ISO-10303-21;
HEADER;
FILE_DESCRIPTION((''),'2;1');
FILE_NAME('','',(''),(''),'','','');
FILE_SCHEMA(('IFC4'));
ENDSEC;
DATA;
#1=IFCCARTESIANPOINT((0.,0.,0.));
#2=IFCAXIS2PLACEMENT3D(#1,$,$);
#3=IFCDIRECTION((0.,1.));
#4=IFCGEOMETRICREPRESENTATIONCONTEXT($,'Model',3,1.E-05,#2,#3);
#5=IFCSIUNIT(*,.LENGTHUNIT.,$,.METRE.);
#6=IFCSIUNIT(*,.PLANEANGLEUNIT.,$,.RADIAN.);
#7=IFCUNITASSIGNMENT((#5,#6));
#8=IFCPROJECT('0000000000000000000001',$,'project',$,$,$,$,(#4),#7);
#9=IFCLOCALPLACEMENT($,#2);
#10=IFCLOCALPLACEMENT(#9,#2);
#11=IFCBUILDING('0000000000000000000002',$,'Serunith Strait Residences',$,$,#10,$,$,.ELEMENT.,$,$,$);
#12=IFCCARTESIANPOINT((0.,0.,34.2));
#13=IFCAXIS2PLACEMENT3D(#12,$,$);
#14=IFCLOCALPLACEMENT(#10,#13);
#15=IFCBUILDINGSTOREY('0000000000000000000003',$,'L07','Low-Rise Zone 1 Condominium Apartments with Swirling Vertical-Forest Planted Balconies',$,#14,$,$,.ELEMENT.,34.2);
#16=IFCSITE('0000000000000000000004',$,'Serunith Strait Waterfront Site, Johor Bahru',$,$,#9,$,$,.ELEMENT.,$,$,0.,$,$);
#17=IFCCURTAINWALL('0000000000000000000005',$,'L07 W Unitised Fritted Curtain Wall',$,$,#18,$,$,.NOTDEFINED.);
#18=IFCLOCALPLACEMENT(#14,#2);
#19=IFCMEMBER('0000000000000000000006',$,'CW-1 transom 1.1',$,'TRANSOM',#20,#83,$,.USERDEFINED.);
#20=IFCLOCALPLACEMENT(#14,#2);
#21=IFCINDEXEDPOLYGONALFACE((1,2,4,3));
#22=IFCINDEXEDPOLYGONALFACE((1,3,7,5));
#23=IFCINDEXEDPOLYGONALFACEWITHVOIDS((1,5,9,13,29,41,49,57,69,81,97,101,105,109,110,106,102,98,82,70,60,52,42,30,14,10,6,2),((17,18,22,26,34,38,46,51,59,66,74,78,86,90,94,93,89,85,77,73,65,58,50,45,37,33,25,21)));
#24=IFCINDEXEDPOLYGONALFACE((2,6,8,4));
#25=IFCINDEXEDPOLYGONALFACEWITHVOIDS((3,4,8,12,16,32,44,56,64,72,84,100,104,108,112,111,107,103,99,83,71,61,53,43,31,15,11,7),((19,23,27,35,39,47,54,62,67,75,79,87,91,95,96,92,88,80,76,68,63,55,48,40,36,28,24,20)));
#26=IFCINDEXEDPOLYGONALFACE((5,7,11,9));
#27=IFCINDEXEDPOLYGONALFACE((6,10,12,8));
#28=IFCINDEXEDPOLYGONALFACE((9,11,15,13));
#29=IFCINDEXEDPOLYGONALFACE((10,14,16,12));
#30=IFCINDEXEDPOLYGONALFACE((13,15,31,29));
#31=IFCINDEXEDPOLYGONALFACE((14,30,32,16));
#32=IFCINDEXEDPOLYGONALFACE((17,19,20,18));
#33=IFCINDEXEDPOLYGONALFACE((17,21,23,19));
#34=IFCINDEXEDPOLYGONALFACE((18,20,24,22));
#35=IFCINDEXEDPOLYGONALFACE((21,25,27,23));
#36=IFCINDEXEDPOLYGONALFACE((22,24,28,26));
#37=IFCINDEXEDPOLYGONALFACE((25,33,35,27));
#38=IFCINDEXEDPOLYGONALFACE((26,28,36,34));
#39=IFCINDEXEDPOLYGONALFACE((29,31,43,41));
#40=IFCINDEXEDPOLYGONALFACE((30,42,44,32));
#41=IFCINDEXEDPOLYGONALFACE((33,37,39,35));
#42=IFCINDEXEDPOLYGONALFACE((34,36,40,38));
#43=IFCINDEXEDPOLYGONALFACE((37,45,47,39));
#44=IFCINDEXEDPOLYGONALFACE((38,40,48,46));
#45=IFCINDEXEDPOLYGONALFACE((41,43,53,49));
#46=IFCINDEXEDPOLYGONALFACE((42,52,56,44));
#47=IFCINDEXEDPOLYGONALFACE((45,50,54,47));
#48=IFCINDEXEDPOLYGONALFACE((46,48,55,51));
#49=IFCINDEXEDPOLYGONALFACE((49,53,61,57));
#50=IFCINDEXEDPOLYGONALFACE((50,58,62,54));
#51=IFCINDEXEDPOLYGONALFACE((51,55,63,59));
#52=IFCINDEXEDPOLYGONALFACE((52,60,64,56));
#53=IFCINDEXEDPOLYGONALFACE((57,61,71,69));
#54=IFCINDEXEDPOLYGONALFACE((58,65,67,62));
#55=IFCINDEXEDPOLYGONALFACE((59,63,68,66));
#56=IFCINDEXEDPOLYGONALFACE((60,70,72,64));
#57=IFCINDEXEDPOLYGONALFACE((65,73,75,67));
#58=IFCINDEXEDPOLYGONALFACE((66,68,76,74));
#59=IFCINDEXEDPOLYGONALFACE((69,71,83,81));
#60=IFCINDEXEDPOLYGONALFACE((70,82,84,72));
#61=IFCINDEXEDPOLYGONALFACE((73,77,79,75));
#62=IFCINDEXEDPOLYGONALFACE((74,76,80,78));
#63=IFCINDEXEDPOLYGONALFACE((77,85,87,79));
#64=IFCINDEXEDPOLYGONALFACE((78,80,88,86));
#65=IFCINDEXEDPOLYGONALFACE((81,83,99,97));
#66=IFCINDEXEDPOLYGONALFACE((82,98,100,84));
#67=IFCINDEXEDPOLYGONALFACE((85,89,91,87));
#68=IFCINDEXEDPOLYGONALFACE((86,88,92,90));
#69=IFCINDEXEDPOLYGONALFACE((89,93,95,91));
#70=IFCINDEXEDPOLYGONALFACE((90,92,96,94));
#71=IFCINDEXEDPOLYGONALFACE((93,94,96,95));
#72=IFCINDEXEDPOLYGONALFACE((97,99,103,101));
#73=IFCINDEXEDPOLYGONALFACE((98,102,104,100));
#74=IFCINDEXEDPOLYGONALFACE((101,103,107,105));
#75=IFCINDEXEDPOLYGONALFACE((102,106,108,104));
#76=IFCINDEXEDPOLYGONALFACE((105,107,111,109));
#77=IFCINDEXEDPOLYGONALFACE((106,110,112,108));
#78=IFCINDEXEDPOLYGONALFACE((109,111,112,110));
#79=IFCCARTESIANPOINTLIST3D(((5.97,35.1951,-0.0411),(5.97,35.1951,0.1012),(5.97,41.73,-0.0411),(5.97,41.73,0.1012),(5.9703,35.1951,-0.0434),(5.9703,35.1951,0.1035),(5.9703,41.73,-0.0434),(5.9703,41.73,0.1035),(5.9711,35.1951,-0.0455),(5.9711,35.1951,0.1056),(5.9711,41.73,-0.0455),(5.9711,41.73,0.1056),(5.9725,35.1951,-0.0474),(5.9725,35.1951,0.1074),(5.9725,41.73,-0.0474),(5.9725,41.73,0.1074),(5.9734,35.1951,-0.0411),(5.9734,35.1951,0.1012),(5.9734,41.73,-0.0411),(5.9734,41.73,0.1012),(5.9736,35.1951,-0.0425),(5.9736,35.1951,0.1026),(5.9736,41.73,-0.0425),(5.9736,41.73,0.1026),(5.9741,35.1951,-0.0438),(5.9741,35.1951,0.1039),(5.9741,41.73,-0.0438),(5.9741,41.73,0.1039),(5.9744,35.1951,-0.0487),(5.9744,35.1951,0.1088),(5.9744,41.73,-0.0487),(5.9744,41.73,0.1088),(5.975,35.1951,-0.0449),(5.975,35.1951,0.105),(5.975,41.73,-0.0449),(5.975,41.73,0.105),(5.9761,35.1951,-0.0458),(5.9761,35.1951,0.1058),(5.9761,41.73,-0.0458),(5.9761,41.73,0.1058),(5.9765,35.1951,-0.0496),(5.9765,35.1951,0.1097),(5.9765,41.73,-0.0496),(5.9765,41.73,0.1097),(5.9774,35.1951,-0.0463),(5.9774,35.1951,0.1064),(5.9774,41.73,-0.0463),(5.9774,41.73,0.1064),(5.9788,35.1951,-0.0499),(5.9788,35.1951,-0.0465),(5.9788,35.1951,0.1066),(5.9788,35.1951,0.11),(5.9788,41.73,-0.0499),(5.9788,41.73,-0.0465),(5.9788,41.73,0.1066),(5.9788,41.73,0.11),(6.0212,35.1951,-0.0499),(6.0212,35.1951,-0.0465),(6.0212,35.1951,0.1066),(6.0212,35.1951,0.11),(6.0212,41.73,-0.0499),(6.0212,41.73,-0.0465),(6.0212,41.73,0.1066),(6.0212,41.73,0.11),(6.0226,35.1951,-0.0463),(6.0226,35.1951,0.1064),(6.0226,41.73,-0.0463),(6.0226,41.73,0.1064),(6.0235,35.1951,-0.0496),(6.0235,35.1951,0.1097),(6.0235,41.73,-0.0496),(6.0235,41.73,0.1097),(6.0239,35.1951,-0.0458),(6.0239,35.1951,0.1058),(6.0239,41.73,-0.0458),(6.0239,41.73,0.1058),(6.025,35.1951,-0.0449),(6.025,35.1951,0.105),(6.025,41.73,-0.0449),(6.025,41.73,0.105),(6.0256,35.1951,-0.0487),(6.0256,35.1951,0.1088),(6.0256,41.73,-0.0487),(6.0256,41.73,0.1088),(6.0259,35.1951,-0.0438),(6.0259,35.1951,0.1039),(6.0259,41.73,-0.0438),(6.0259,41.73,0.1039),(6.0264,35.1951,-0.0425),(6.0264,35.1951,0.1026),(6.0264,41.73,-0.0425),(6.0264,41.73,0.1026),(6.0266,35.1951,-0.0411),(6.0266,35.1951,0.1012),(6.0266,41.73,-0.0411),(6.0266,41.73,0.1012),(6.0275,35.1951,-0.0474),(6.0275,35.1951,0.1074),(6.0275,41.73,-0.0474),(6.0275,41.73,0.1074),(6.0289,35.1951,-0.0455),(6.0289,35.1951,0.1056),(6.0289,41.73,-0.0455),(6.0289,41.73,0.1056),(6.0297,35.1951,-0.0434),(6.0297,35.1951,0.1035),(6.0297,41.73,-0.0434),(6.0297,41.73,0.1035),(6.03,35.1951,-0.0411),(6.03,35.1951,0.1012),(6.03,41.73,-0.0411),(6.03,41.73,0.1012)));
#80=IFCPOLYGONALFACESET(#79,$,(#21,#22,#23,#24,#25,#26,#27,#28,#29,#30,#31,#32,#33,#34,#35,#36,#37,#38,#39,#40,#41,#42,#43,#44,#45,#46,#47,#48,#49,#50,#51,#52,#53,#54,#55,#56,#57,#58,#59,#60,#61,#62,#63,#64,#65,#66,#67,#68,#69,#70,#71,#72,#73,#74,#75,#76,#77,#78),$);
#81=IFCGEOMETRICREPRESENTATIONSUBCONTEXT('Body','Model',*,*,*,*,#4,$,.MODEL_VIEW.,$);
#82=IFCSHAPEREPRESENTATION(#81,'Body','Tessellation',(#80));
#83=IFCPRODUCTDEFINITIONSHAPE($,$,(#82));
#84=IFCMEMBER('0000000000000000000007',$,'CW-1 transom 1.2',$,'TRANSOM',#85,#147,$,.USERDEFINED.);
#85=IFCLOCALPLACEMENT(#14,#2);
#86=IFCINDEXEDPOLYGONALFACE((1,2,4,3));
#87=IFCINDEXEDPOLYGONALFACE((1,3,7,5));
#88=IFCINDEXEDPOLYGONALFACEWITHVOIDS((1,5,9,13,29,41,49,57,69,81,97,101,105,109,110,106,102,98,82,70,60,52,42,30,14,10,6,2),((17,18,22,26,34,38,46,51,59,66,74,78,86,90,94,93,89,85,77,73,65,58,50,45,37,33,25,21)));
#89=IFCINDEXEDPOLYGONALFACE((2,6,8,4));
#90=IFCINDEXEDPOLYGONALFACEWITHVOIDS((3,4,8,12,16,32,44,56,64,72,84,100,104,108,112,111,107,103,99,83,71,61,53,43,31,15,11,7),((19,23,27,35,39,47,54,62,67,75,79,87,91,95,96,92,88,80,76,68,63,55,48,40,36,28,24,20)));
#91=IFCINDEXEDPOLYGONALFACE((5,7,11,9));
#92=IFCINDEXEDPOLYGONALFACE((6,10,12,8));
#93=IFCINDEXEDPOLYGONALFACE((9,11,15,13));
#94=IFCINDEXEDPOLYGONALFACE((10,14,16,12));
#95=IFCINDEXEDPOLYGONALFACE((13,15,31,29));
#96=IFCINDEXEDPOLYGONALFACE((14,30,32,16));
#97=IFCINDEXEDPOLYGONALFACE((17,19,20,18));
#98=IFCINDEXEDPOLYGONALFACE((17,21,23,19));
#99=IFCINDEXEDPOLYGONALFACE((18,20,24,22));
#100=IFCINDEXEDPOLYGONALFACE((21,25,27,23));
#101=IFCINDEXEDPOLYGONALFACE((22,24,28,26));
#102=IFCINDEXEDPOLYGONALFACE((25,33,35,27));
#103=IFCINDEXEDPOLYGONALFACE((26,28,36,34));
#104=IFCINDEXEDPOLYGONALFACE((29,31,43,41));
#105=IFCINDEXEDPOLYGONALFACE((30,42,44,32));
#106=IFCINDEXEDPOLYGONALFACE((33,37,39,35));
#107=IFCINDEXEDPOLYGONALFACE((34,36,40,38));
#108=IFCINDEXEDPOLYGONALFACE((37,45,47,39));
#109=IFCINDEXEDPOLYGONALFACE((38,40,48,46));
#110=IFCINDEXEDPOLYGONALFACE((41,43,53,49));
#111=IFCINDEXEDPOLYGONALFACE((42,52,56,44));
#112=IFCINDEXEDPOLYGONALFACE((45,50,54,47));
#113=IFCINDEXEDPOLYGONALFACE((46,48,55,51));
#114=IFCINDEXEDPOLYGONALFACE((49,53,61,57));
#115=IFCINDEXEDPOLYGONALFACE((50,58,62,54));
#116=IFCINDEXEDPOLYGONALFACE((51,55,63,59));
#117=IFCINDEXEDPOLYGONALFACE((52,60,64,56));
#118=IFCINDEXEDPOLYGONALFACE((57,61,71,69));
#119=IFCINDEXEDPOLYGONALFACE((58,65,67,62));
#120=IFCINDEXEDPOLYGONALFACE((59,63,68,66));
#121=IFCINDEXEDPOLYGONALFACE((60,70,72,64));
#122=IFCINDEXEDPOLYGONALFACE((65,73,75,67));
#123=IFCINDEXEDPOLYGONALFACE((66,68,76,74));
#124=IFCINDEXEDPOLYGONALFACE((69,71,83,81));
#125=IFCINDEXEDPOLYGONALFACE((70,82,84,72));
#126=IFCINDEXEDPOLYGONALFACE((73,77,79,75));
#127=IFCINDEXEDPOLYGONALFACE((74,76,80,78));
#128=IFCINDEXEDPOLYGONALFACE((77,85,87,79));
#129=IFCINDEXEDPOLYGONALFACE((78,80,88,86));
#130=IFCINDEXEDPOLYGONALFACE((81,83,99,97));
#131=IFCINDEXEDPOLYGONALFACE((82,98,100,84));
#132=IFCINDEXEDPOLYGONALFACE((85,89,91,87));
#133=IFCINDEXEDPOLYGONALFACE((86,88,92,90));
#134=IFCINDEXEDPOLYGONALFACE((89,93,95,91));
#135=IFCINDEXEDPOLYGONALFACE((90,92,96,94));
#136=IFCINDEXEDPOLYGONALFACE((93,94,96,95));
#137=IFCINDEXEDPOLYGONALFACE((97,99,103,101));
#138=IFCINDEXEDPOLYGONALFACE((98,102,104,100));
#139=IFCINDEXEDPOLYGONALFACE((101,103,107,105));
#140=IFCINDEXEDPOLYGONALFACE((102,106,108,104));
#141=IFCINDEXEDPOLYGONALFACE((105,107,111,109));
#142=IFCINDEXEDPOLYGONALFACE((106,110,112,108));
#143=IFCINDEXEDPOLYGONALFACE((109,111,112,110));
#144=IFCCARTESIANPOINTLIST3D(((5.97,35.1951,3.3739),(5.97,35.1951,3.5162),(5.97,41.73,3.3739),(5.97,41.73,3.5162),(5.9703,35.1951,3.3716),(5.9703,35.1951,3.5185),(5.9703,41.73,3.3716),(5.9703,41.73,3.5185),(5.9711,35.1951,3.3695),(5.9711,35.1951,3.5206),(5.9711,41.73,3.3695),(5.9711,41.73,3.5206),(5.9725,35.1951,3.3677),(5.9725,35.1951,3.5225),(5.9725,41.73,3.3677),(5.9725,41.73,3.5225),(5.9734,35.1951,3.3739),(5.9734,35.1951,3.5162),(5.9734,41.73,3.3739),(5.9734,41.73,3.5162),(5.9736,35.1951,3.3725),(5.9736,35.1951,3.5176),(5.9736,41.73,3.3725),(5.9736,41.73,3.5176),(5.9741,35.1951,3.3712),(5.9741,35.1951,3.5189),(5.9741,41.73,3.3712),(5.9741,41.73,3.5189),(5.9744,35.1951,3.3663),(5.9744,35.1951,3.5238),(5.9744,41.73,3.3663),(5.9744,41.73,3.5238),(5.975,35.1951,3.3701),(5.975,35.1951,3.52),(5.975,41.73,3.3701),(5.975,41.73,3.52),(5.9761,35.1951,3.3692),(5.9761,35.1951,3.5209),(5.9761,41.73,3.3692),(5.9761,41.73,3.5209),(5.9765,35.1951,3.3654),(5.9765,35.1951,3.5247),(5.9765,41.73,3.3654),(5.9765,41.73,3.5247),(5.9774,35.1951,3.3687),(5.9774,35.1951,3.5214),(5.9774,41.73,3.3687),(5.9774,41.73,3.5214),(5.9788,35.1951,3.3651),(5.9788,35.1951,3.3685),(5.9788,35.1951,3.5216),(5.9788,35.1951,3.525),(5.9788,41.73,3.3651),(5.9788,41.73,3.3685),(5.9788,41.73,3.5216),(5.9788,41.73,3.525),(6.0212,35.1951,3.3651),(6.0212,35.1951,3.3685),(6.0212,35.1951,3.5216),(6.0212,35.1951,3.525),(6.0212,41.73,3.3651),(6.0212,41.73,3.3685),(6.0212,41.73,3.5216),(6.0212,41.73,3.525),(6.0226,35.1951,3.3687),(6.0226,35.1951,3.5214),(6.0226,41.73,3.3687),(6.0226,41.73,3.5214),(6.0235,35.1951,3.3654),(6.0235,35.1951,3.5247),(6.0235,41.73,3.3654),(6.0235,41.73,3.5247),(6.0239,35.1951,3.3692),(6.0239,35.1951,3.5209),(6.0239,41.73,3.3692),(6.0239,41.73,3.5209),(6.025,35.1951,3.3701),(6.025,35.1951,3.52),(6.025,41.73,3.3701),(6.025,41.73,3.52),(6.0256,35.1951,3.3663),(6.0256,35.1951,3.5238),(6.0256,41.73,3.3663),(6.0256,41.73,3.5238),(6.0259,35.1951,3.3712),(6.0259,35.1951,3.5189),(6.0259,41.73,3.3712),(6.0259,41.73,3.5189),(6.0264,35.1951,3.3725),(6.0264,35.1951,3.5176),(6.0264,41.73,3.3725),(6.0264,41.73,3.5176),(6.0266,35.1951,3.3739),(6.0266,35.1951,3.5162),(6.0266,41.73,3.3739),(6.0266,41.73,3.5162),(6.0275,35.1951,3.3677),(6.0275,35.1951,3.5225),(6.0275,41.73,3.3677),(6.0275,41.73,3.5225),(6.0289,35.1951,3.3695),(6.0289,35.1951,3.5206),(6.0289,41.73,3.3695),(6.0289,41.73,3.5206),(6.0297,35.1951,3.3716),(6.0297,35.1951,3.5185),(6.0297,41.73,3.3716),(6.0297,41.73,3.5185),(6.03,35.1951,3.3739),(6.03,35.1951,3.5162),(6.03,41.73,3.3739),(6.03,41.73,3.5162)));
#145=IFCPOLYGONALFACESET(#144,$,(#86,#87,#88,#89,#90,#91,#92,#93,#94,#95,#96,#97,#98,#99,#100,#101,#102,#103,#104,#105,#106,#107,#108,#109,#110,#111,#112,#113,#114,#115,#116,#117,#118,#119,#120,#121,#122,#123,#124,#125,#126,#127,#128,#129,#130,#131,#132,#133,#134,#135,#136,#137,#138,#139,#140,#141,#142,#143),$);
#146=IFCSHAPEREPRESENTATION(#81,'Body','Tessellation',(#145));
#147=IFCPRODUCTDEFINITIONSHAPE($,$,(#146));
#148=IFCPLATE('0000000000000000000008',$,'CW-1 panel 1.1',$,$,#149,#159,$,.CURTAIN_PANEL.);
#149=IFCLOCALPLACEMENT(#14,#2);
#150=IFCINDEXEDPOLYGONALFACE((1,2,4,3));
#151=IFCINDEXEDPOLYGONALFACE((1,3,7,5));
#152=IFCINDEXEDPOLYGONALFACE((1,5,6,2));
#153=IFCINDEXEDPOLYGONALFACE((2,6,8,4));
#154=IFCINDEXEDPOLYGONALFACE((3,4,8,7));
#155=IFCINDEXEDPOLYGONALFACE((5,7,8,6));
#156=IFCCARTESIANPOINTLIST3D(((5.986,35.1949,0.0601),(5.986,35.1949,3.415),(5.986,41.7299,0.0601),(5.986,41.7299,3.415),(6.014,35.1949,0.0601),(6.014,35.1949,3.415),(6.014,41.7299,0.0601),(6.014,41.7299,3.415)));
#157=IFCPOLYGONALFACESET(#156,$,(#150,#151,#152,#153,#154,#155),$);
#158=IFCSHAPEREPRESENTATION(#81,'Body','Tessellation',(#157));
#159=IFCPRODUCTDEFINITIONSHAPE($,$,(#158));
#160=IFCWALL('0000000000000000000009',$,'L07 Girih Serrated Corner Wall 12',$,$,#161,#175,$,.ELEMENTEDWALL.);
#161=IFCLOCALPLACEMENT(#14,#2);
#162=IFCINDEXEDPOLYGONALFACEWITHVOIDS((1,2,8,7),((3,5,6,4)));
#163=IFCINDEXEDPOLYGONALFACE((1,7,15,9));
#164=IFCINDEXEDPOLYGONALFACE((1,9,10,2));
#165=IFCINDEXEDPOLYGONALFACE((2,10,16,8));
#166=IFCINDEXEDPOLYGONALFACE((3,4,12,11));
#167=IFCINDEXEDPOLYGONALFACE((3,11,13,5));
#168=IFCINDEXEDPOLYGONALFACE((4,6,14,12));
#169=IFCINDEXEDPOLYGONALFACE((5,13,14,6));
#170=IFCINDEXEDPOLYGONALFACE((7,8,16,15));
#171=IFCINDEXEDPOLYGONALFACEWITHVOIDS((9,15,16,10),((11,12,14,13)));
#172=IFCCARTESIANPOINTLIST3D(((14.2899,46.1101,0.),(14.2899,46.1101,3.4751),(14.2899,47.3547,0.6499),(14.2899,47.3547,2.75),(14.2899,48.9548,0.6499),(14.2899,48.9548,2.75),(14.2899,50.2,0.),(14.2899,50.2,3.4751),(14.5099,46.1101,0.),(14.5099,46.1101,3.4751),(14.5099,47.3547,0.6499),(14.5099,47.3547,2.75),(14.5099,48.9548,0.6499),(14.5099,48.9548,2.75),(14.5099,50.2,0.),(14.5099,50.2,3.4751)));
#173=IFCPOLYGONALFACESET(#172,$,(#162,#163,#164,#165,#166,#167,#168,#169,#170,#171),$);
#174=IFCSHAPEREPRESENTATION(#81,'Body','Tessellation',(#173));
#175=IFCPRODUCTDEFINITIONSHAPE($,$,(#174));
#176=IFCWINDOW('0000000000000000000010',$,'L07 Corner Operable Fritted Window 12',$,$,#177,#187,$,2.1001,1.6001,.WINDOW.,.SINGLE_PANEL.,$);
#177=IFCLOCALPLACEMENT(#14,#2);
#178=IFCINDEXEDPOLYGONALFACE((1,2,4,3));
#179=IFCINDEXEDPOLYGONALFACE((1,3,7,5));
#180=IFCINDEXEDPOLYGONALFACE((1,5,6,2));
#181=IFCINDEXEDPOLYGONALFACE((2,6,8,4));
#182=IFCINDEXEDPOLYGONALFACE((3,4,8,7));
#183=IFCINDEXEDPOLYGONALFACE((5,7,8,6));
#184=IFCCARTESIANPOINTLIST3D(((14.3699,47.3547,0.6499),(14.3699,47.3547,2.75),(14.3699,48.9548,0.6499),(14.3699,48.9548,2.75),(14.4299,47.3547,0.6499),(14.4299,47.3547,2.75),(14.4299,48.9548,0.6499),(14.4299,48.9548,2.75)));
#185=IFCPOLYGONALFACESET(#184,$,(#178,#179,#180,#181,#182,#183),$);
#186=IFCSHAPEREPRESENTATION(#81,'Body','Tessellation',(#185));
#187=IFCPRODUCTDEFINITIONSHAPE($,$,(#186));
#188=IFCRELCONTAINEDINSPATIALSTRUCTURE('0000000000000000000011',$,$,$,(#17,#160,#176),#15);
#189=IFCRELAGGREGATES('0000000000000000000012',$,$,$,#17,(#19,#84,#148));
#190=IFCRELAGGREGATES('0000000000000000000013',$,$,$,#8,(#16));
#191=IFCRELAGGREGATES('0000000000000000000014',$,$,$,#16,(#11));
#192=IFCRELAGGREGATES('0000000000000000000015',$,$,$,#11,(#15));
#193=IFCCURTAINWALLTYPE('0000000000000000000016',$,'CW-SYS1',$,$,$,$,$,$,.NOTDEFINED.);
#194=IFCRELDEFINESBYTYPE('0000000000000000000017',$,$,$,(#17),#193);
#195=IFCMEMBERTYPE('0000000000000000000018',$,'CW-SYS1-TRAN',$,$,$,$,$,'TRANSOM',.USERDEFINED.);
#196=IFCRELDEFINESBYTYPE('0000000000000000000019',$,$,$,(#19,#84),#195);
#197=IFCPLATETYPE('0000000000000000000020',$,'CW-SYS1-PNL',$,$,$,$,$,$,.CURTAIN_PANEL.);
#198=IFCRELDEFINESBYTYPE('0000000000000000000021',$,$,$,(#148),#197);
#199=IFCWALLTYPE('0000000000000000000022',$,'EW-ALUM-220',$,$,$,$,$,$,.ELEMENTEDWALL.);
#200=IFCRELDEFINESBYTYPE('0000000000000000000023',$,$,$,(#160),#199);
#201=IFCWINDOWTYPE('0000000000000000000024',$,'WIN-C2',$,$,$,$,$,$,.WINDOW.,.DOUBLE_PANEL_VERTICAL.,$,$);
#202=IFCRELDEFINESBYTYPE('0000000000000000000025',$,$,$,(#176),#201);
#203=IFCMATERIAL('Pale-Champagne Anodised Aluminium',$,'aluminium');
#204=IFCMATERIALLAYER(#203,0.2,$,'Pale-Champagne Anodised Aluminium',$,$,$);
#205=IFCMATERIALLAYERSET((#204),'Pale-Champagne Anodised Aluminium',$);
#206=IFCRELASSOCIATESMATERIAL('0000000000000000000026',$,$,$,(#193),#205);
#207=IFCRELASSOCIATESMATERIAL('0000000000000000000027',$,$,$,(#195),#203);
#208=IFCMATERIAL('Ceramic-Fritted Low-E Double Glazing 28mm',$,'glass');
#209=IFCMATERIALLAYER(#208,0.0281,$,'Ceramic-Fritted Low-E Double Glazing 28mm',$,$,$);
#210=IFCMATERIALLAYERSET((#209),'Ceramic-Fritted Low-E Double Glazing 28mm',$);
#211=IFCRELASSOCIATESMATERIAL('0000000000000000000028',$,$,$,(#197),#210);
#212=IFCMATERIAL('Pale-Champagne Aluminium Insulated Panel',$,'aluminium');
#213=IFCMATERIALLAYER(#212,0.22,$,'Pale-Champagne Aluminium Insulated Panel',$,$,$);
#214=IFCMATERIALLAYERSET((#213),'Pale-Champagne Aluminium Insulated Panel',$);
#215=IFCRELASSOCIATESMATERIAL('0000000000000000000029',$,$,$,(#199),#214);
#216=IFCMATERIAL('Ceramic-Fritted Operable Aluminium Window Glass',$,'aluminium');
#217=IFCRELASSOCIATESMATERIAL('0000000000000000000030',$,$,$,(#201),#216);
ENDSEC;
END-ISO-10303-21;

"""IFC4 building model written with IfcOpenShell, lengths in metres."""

from ifc_helpers import new_model, si_unit, direction, frame, frame_2d, origin, origin_2d, place, context, subcontext, project, spatial, rectangle, hollow_rectangle, extrude, source, transform, mapped, material, layer, layer_set, material_profile, profile_set, type_object, element, fill, aggregate, save


model = new_model("IFC4")

# Units and contexts
model_context = context("Model", 3, precision=1e-05, world=origin(), true_north=direction((0.0, 1.0)))
body_context = subcontext(model_context, "Body", "Model", "MODEL_VIEW")
ifc_project = project(units=[si_unit("LENGTHUNIT", "METRE"), si_unit("PLANEANGLEUNIT", "RADIAN")], contexts=[model_context])

# Site, building, storey
site_placement = place(None, origin())
site = spatial("IfcSite", under=ifc_project, at=site_placement, Name="Serunith Strait Waterfront Site, Johor Bahru", CompositionType="ELEMENT", RefElevation=0.0)
building_placement = place(site_placement, origin())
building = spatial("IfcBuilding", under=site, at=building_placement, Name="Serunith Strait Residences", CompositionType="ELEMENT")
storey_placement = place(building_placement, frame((0.0, 0.0, 34.2)))
storey = spatial("IfcBuildingStorey", under=building, at=storey_placement, Name="L07", Description="Low-Rise Zone 1 Condominium Apartments with Swirling Vertical-Forest Planted Balconies", CompositionType="ELEMENT", Elevation=34.2)

# Shared definitions
ifc_material_1 = material(Name="Pale-Champagne Anodised Aluminium", Category="aluminium")
ifc_layer_1 = layer(ifc_material_1, 0.2, Name="Pale-Champagne Anodised Aluminium")
ifc_layer_set_1 = layer_set([ifc_layer_1], Name="Pale-Champagne Anodised Aluminium")
curtain_wall_type = type_object("IfcCurtainWallType", Name="CW-SYS1", PredefinedType="NOTDEFINED", material=ifc_layer_set_1)

# Curtain wall, members, plate
curtain_wall_1_placement = place(storey_placement, origin())
curtain_wall_1 = element("IfcCurtainWall", 1, at=curtain_wall_1_placement, inside=storey, type_object=curtain_wall_type, Name="L07 W Unitised Fritted Curtain Wall", PredefinedType="NOTDEFINED")
ifc_material_profile_1 = material_profile(ifc_material_1, hollow_rectangle(XDim=0.0601, YDim=0.1599, WallThickness=0.0034, InnerFilletRadius=0.0054, OuterFilletRadius=0.0088, at=origin_2d()), Name="ALU 160x60x3.5")
ifc_profile_set_1 = profile_set([ifc_material_profile_1], Name="Pale-Champagne Anodised Aluminium")
member_type_1 = type_object("IfcMemberType", Name="CW-SYS1-TRAN", ElementType="TRANSOM", PredefinedType="USERDEFINED", material=ifc_profile_set_1)
shared_shape_1 = source(origin(), body_context, "Body", "SweptSolid", [
    extrude(hollow_rectangle(XDim=0.0601, YDim=0.1599, WallThickness=0.0034, InnerFilletRadius=0.0054, OuterFilletRadius=0.0088, at=origin_2d()), origin(), (0.0, 0.0, 1.0), 6.5349),
])
member_1_placement = place(storey_placement, frame((6.0, 41.73, 0.03), z_axis=(0.0, -1.0, 0.0), x_axis=(1.0, 0.0, 0.0)))
member_1 = element("IfcMember", 2, at=member_1_placement, type_object=member_type_1, Name="CW-1 transom 1.1", ObjectType="TRANSOM", PredefinedType="USERDEFINED", context=body_context, shape_type="MappedRepresentation", body=[
    mapped(shared_shape_1, transform((0.0, 0.0, 0.0), scale=1.0)),
])
member_2_placement = place(storey_placement, frame((6.0, 41.73, 3.4451), z_axis=(0.0, -1.0, 0.0), x_axis=(1.0, 0.0, 0.0)))
member_2 = element("IfcMember", 3, at=member_2_placement, type_object=member_type_1, Name="CW-1 transom 1.2", ObjectType="TRANSOM", PredefinedType="USERDEFINED", context=body_context, shape_type="MappedRepresentation", body=[
    mapped(shared_shape_1, transform((0.0, 0.0, 0.0), scale=1.0)),
])
ifc_material_2 = material(Name="Ceramic-Fritted Low-E Double Glazing 28mm", Category="glass")
ifc_layer_2 = layer(ifc_material_2, 0.0281, Name="Ceramic-Fritted Low-E Double Glazing 28mm")
ifc_layer_set_2 = layer_set([ifc_layer_2], Name="Ceramic-Fritted Low-E Double Glazing 28mm")
plate_type = type_object("IfcPlateType", Name="CW-SYS1-PNL", PredefinedType="CURTAIN_PANEL", material=ifc_layer_set_2)
shared_shape_2 = source(origin(), body_context, "Body", "SweptSolid", [
    extrude(rectangle(XDim=6.5349, YDim=0.0281, at=origin_2d()), origin(), (0.0, 0.0, 1.0), 3.355),
])
plate_placement = place(storey_placement, frame((6.0, 38.4624, 0.0601), z_axis=(0.0, 0.0, 1.0), x_axis=(0.0, -1.0, 0.0)))
plate = element("IfcPlate", 4, at=plate_placement, type_object=plate_type, Name="CW-1 panel 1.1", PredefinedType="CURTAIN_PANEL", context=body_context, shape_type="MappedRepresentation", body=[
    mapped(shared_shape_2, transform((0.0, 0.0, 0.0), scale=1.0)),
])
aggregate(curtain_wall_1, [member_1, member_2, plate])

# Wall, opening, window
ifc_material_3 = material(Name="Pale-Champagne Aluminium Insulated Panel", Category="aluminium")
ifc_layer_3 = layer(ifc_material_3, 0.22, Name="Pale-Champagne Aluminium Insulated Panel")
ifc_layer_set_3 = layer_set([ifc_layer_3], Name="Pale-Champagne Aluminium Insulated Panel")
wall_type_1 = type_object("IfcWallType", Name="EW-ALUM-220", PredefinedType="ELEMENTEDWALL", material=ifc_layer_set_3)
wall_1_placement = place(storey_placement, frame((14.3999, 50.2, 0.0), z_axis=(0.0, 0.0, 1.0), x_axis=(0.0, -1.0, 0.0)))
wall_1 = element("IfcWall", 5, at=wall_1_placement, inside=storey, type_object=wall_type_1, Name="L07 Girih Serrated Corner Wall 12", PredefinedType="ELEMENTEDWALL", context=body_context, shape_type="SweptSolid", body=[
    extrude(rectangle(XDim=4.0898, YDim=0.22, at=frame_2d((2.0449, 0.0))), origin(), (0.0, 0.0, 1.0), 3.4751),
])
opening_1_placement = place(wall_1_placement, frame((1.2451, 0.0, 0.6499)))
opening_1 = element("IfcOpeningElement", 6, at=opening_1_placement, cuts=wall_1, PredefinedType="OPENING", context=body_context, shape_type="SweptSolid", body=[
    extrude(rectangle(XDim=1.6001, YDim=2.1001, at=frame_2d((0.8, 1.05))), frame((0.0, 0.1201, 0.0), z_axis=(0.0, -1.0, 0.0), x_axis=(1.0, 0.0, 0.0)), (0.0, 0.0, 1.0), 0.24),
])
ifc_material_4 = material(Name="Ceramic-Fritted Operable Aluminium Window Glass", Category="aluminium")
window_type = type_object("IfcWindowType", Name="WIN-C2", PartitioningType="DOUBLE_PANEL_VERTICAL", PredefinedType="WINDOW", material=ifc_material_4)
shared_shape_3 = source(origin(), body_context, "Body", "SweptSolid", [
    extrude(rectangle(XDim=1.6001, YDim=2.1001, at=frame_2d((0.8, 1.05))), frame((0.0, 0.03, 0.0), z_axis=(0.0, -1.0, 0.0), x_axis=(1.0, 0.0, 0.0)), (0.0, 0.0, 1.0), 0.0601),
])
window_1_placement = place(opening_1_placement, origin())
window_1 = element("IfcWindow", 7, at=window_1_placement, inside=storey, type_object=window_type, Name="L07 Corner Operable Fritted Window 12", OverallHeight=2.1001, OverallWidth=1.6001, PartitioningType="SINGLE_PANEL", PredefinedType="WINDOW", context=body_context, shape_type="MappedRepresentation", body=[
    mapped(shared_shape_3, transform((0.0, 0.0, 0.0), scale=1.0)),
])
fill(opening_1, window_1)

save(model, "model.ifc")
